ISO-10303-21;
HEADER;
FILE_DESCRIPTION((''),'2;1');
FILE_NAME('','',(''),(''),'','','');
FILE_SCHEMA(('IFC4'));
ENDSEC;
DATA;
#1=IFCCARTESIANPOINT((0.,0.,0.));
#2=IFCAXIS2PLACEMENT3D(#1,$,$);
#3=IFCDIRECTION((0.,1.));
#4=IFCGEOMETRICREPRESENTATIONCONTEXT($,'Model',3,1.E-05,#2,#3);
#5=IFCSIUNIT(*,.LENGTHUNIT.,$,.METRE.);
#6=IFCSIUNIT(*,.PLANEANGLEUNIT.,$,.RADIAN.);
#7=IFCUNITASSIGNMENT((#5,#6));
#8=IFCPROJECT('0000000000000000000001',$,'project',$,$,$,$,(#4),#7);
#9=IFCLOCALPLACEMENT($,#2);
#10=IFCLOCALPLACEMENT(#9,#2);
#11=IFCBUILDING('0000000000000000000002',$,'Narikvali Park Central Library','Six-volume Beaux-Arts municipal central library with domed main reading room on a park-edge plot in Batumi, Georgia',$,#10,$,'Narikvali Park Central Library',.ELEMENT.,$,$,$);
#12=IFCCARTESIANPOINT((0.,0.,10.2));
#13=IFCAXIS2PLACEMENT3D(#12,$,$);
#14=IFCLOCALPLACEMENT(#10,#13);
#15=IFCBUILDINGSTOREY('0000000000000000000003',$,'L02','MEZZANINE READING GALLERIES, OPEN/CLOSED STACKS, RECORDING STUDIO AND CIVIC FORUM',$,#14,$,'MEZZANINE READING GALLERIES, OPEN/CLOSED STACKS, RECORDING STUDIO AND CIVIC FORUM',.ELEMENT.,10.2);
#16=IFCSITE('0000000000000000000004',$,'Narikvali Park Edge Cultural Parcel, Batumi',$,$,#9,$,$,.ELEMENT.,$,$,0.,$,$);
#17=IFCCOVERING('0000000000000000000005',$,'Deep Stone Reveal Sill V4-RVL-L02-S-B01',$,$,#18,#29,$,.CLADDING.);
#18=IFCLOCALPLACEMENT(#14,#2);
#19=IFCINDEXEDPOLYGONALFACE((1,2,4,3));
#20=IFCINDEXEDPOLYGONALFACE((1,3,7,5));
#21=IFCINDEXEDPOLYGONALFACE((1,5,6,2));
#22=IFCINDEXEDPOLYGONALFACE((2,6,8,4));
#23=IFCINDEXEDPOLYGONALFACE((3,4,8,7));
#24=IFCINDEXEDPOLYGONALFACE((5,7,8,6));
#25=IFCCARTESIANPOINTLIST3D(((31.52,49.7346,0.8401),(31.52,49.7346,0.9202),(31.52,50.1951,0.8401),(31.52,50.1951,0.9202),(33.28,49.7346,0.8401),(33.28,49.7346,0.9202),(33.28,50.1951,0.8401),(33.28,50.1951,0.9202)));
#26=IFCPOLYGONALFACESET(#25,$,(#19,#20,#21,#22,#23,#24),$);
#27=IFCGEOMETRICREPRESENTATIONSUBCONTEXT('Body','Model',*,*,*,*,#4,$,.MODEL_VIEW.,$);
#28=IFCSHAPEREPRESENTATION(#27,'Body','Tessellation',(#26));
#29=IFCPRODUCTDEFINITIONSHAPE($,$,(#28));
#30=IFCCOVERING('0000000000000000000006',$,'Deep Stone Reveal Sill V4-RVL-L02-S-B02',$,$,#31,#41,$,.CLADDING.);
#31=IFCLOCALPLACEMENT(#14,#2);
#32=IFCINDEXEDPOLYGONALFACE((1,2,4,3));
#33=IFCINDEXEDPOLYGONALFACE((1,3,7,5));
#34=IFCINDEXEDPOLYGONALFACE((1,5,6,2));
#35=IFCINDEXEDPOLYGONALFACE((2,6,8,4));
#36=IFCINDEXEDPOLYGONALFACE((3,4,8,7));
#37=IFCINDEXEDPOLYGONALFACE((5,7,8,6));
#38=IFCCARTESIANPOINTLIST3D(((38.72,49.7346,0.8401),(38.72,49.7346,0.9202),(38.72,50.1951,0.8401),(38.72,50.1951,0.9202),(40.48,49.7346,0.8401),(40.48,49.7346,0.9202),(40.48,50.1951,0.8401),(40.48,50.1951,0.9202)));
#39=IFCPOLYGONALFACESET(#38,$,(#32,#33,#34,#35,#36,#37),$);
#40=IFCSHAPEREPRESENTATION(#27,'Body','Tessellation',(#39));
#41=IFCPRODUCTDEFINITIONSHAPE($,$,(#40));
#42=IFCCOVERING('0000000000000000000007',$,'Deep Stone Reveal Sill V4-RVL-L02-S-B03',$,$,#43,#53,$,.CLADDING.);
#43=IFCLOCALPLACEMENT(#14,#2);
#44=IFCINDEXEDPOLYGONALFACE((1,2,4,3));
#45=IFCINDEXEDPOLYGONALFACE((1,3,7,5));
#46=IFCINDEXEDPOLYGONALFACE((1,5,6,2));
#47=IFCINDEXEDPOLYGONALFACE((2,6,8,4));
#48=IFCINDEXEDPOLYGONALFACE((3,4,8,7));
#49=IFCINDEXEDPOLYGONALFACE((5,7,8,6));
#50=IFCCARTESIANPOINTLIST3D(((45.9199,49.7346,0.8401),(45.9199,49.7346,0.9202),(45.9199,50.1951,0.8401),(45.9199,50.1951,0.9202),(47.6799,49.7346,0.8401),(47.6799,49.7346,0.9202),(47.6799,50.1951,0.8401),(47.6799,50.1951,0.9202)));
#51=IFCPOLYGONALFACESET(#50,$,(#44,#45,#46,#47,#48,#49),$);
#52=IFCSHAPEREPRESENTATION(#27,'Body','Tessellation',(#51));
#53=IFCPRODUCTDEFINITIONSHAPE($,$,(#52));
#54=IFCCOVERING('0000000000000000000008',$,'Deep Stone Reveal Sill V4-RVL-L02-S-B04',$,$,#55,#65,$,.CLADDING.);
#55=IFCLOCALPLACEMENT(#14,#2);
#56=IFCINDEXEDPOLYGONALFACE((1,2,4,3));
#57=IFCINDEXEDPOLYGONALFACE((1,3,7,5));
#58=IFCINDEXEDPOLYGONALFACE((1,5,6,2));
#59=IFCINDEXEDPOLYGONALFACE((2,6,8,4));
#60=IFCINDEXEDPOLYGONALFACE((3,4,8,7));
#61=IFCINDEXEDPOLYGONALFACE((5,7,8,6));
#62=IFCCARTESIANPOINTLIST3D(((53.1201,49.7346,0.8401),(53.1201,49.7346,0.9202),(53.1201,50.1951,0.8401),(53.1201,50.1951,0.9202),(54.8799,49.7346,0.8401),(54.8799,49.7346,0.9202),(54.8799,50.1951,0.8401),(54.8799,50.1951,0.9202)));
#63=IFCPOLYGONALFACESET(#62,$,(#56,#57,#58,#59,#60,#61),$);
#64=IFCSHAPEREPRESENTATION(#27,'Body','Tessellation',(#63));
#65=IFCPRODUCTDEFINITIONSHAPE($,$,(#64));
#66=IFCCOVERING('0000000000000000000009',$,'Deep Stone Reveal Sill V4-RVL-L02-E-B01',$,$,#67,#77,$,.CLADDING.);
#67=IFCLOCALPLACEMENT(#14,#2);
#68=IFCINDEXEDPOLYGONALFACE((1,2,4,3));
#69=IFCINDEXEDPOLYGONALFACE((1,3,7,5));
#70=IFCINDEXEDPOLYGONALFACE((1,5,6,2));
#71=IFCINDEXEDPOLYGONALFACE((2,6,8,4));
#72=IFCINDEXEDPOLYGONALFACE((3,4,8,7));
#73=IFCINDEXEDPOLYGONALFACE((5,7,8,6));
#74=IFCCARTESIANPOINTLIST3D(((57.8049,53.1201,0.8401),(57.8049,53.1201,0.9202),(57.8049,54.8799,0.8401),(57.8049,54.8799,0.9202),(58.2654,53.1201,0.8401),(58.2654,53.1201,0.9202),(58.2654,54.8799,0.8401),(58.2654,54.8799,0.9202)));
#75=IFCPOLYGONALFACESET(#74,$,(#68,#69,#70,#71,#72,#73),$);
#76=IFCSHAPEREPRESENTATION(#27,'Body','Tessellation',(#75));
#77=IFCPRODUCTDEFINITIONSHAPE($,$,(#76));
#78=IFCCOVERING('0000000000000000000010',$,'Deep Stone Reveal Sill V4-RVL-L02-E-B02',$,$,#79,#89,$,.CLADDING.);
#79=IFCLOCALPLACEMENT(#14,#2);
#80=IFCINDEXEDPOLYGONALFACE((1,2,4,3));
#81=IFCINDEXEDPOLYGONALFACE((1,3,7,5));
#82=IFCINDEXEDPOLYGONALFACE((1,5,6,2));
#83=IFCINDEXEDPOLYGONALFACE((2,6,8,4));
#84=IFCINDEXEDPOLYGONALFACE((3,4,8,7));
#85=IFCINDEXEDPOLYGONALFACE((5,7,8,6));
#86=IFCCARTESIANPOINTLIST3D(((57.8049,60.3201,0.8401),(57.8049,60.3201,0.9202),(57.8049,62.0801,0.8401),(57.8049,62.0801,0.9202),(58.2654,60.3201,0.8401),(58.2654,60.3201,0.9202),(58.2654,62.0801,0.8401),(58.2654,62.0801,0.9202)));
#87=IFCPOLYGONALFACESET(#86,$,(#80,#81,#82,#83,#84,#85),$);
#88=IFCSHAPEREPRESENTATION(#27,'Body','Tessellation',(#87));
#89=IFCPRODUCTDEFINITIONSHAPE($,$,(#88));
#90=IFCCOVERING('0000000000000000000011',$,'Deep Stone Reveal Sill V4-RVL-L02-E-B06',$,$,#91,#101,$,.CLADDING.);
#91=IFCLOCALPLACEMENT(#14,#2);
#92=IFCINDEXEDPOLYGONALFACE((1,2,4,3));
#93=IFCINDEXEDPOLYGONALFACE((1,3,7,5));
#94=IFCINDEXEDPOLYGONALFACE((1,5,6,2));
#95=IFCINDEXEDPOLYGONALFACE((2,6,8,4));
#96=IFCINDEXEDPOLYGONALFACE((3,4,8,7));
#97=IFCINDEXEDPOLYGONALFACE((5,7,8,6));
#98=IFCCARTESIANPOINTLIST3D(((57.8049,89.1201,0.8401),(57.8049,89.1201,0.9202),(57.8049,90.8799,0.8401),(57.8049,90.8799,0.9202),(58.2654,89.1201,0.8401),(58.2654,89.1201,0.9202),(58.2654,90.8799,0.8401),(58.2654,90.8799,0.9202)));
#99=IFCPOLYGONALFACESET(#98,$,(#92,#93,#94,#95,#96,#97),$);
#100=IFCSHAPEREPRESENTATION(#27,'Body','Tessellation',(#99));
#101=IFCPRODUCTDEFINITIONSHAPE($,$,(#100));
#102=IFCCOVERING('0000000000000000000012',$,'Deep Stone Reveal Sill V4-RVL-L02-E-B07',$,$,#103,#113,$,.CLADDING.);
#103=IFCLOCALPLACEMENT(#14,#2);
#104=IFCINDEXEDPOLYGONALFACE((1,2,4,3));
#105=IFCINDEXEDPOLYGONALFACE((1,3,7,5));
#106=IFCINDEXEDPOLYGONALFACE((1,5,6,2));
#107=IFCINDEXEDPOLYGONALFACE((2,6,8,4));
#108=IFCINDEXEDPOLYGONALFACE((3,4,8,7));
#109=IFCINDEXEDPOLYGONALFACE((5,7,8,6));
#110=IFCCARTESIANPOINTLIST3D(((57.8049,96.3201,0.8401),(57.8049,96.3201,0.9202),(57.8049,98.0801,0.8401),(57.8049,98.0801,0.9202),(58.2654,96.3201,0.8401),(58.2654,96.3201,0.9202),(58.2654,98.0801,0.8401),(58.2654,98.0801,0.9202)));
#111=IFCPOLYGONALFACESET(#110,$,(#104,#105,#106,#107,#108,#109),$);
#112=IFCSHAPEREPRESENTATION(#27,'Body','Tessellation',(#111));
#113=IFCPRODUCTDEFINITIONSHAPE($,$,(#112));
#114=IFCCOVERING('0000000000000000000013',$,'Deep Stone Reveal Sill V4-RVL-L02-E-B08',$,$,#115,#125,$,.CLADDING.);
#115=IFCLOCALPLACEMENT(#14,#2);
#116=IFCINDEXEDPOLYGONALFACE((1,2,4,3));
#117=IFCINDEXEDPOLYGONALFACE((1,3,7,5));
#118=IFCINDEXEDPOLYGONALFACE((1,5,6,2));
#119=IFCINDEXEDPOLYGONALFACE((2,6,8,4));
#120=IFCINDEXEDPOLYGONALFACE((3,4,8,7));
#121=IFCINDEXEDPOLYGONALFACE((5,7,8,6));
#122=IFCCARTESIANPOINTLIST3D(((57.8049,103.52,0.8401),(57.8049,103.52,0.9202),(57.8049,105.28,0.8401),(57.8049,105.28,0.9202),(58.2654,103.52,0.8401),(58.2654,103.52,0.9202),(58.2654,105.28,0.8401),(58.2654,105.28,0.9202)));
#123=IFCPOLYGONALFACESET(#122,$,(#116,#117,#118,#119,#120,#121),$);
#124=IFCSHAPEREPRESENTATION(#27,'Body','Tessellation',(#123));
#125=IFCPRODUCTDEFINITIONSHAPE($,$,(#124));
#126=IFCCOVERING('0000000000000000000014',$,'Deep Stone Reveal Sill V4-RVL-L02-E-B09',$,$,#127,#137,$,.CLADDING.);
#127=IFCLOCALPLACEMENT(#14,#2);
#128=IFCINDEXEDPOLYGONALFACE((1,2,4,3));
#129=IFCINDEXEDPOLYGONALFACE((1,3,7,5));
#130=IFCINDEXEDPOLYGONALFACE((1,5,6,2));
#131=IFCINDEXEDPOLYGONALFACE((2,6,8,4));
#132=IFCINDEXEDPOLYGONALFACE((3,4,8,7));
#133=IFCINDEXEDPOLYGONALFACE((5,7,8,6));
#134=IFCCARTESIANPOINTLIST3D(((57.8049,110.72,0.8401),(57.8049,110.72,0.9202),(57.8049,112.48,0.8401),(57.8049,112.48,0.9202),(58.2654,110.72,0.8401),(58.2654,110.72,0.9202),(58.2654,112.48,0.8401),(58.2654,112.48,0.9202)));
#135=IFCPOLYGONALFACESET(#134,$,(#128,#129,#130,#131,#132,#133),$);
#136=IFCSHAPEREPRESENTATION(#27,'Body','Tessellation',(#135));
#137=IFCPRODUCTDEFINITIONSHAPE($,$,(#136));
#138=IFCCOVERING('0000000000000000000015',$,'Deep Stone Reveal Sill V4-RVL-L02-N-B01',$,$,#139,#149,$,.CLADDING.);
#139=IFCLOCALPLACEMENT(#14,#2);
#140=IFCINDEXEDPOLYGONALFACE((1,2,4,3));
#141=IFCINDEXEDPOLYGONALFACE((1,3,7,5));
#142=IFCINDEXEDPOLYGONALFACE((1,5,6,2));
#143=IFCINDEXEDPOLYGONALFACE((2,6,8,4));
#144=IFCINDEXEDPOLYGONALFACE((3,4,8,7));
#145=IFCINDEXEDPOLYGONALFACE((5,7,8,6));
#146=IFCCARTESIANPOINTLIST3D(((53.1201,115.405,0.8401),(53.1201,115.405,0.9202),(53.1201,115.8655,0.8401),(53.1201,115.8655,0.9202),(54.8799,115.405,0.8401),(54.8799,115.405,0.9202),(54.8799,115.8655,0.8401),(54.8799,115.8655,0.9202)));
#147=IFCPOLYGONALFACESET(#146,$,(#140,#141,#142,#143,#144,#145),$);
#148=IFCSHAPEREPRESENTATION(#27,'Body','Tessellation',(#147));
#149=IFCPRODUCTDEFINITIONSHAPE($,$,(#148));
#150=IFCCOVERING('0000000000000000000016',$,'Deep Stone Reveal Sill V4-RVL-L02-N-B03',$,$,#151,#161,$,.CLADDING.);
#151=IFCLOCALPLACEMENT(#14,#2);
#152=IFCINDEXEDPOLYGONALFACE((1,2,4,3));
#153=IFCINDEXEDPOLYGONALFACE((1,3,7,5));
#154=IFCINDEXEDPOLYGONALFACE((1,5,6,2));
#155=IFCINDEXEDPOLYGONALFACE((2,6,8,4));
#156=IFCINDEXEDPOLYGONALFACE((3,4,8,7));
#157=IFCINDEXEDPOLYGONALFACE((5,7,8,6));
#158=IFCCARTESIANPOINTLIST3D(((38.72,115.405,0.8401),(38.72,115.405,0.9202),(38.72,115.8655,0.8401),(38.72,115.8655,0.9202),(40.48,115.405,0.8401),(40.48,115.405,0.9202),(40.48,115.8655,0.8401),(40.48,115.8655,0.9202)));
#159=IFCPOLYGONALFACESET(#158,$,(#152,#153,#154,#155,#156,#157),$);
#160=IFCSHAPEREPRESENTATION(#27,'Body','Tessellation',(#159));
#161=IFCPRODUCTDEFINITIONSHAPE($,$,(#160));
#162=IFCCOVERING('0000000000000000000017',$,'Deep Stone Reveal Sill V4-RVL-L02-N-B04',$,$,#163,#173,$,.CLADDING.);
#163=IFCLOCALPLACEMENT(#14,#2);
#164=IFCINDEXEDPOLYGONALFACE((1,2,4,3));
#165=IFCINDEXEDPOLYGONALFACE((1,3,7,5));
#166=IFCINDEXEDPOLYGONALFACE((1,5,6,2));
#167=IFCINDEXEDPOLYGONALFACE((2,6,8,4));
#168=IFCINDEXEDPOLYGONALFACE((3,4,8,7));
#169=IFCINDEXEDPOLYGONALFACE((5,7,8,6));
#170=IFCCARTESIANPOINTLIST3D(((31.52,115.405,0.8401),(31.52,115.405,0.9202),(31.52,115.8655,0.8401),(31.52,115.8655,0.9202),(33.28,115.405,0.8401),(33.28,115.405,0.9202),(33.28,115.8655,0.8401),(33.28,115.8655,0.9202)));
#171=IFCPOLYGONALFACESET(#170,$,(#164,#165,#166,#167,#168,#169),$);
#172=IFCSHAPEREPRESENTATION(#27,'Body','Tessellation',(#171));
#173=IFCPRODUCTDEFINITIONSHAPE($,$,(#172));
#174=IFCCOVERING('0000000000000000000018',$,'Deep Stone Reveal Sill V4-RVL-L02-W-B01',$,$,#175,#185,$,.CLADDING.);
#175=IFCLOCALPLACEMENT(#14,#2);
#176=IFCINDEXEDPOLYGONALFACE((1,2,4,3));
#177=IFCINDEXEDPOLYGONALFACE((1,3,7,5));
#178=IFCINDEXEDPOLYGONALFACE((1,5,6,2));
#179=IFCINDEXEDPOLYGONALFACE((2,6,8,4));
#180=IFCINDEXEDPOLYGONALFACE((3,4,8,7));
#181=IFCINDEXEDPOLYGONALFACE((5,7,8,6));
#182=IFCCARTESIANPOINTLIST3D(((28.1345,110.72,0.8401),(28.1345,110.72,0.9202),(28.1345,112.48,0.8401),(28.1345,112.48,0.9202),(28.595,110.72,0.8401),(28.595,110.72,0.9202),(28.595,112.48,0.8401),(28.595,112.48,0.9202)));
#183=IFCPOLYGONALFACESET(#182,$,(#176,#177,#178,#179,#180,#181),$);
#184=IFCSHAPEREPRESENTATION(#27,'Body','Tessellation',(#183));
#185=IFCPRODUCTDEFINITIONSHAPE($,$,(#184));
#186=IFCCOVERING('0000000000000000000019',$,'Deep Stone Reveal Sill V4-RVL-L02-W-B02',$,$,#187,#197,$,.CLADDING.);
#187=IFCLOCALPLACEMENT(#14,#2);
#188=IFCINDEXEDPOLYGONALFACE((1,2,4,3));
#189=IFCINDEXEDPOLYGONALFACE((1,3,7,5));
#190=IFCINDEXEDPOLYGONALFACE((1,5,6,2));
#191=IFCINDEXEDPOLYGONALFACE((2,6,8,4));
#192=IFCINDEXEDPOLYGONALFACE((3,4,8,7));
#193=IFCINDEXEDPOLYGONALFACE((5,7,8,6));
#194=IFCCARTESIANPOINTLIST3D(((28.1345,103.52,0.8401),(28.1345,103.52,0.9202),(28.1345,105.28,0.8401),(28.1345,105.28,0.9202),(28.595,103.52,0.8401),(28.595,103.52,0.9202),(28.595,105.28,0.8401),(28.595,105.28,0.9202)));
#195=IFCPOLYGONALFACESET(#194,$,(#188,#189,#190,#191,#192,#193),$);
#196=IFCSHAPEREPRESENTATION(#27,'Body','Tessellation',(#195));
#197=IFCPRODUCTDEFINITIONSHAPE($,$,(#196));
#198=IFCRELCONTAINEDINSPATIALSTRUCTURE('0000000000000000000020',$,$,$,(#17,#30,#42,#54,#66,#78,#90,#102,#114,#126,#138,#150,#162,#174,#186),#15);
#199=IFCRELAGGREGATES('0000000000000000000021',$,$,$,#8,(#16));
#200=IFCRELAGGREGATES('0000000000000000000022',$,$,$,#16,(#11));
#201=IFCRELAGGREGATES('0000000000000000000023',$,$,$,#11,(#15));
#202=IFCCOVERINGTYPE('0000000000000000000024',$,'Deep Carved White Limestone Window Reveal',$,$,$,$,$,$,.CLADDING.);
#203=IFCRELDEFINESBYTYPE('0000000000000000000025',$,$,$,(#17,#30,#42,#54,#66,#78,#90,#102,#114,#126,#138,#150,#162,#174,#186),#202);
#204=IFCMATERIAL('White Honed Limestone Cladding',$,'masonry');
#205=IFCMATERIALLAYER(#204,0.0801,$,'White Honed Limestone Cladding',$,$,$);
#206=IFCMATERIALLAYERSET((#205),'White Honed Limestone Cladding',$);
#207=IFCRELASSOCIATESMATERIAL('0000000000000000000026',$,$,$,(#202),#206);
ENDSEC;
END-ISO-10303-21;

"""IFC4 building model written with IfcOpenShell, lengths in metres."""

from ifc_helpers import new_model, si_unit, direction, frame, origin, place, context, subcontext, project, spatial, polyline, outline, extrude, material, layer, layer_set, type_object, element, save


model = new_model("IFC4")

# Units and contexts
model_context = context("Model", 3, precision=1e-05, world=origin(), true_north=direction((0.0, 1.0)))
body_context = subcontext(model_context, "Body", "Model", "MODEL_VIEW")
ifc_project = project(units=[si_unit("LENGTHUNIT", "METRE"), si_unit("PLANEANGLEUNIT", "RADIAN")], contexts=[model_context])

# Site, building, storey
site_placement = place(None, origin())
site = spatial("IfcSite", under=ifc_project, at=site_placement, Name="Narikvali Park Edge Cultural Parcel, Batumi", CompositionType="ELEMENT", RefElevation=0.0)
building_placement = place(site_placement, origin())
building = spatial("IfcBuilding", under=site, at=building_placement, Name="Narikvali Park Central Library", Description="Six-volume Beaux-Arts municipal central library with domed main reading room on a park-edge plot in Batumi, Georgia", LongName="Narikvali Park Central Library", CompositionType="ELEMENT")
storey_placement = place(building_placement, frame((0.0, 0.0, 10.2)))
storey = spatial("IfcBuildingStorey", under=building, at=storey_placement, Name="L02", Description="MEZZANINE READING GALLERIES, OPEN/CLOSED STACKS, RECORDING STUDIO AND CIVIC FORUM", LongName="MEZZANINE READING GALLERIES, OPEN/CLOSED STACKS, RECORDING STUDIO AND CIVIC FORUM", CompositionType="ELEMENT", Elevation=10.2)

# Coverings
ifc_material = material(Name="White Honed Limestone Cladding", Category="masonry")
ifc_layer = layer(ifc_material, 0.0801, Name="White Honed Limestone Cladding")
ifc_layer_set = layer_set([ifc_layer], Name="White Honed Limestone Cladding")
covering_type = type_object("IfcCoveringType", Name="Deep Carved White Limestone Window Reveal", PredefinedType="CLADDING", material=ifc_layer_set)
covering_1_placement = place(storey_placement, frame((0.0, 0.0, 0.8401)))
element("IfcCovering", 1, at=covering_1_placement, inside=storey, type_object=covering_type, Name="Deep Stone Reveal Sill V4-RVL-L02-S-B01", PredefinedType="CLADDING", context=body_context, shape_type="SweptSolid", body=[
    extrude(outline(polyline([(31.52, 50.1951), (33.28, 50.1951), (33.28, 49.7346), (31.52, 49.7346), (31.52, 50.1951)])), origin(), (0.0, 0.0, 1.0), 0.0801),
])
covering_2_placement = place(storey_placement, frame((0.0, 0.0, 0.8401)))
element("IfcCovering", 2, at=covering_2_placement, inside=storey, type_object=covering_type, Name="Deep Stone Reveal Sill V4-RVL-L02-S-B02", PredefinedType="CLADDING", context=body_context, shape_type="SweptSolid", body=[
    extrude(outline(polyline([(38.72, 50.1951), (40.48, 50.1951), (40.48, 49.7346), (38.72, 49.7346), (38.72, 50.1951)])), origin(), (0.0, 0.0, 1.0), 0.0801),
])
covering_3_placement = place(storey_placement, frame((0.0, 0.0, 0.8401)))
element("IfcCovering", 3, at=covering_3_placement, inside=storey, type_object=covering_type, Name="Deep Stone Reveal Sill V4-RVL-L02-S-B03", PredefinedType="CLADDING", context=body_context, shape_type="SweptSolid", body=[
    extrude(outline(polyline([(45.9199, 50.1951), (47.6799, 50.1951), (47.6799, 49.7346), (45.9199, 49.7346), (45.9199, 50.1951)])), origin(), (0.0, 0.0, 1.0), 0.0801),
])
covering_4_placement = place(storey_placement, frame((0.0, 0.0, 0.8401)))
element("IfcCovering", 4, at=covering_4_placement, inside=storey, type_object=covering_type, Name="Deep Stone Reveal Sill V4-RVL-L02-S-B04", PredefinedType="CLADDING", context=body_context, shape_type="SweptSolid", body=[
    extrude(outline(polyline([(53.1201, 50.1951), (54.8799, 50.1951), (54.8799, 49.7346), (53.1201, 49.7346), (53.1201, 50.1951)])), origin(), (0.0, 0.0, 1.0), 0.0801),
])
covering_5_placement = place(storey_placement, frame((0.0, 0.0, 0.8401)))
element("IfcCovering", 5, at=covering_5_placement, inside=storey, type_object=covering_type, Name="Deep Stone Reveal Sill V4-RVL-L02-E-B01", PredefinedType="CLADDING", context=body_context, shape_type="SweptSolid", body=[
    extrude(outline(polyline([(57.8049, 53.1201), (57.8049, 54.8799), (58.2654, 54.8799), (58.2654, 53.1201), (57.8049, 53.1201)])), origin(), (0.0, 0.0, 1.0), 0.0801),
])
covering_6_placement = place(storey_placement, frame((0.0, 0.0, 0.8401)))
element("IfcCovering", 6, at=covering_6_placement, inside=storey, type_object=covering_type, Name="Deep Stone Reveal Sill V4-RVL-L02-E-B02", PredefinedType="CLADDING", context=body_context, shape_type="SweptSolid", body=[
    extrude(outline(polyline([(57.8049, 60.3201), (57.8049, 62.0801), (58.2654, 62.0801), (58.2654, 60.3201), (57.8049, 60.3201)])), origin(), (0.0, 0.0, 1.0), 0.0801),
])
covering_7_placement = place(storey_placement, frame((0.0, 0.0, 0.8401)))
element("IfcCovering", 7, at=covering_7_placement, inside=storey, type_object=covering_type, Name="Deep Stone Reveal Sill V4-RVL-L02-E-B06", PredefinedType="CLADDING", context=body_context, shape_type="SweptSolid", body=[
    extrude(outline(polyline([(57.8049, 89.1201), (57.8049, 90.8799), (58.2654, 90.8799), (58.2654, 89.1201), (57.8049, 89.1201)])), origin(), (0.0, 0.0, 1.0), 0.0801),
])
covering_8_placement = place(storey_placement, frame((0.0, 0.0, 0.8401)))
element("IfcCovering", 8, at=covering_8_placement, inside=storey, type_object=covering_type, Name="Deep Stone Reveal Sill V4-RVL-L02-E-B07", PredefinedType="CLADDING", context=body_context, shape_type="SweptSolid", body=[
    extrude(outline(polyline([(57.8049, 96.3201), (57.8049, 98.0801), (58.2654, 98.0801), (58.2654, 96.3201), (57.8049, 96.3201)])), origin(), (0.0, 0.0, 1.0), 0.0801),
])
covering_9_placement = place(storey_placement, frame((0.0, 0.0, 0.8401)))
element("IfcCovering", 9, at=covering_9_placement, inside=storey, type_object=covering_type, Name="Deep Stone Reveal Sill V4-RVL-L02-E-B08", PredefinedType="CLADDING", context=body_context, shape_type="SweptSolid", body=[
    extrude(outline(polyline([(57.8049, 103.52), (57.8049, 105.28), (58.2654, 105.28), (58.2654, 103.52), (57.8049, 103.52)])), origin(), (0.0, 0.0, 1.0), 0.0801),
])
covering_10_placement = place(storey_placement, frame((0.0, 0.0, 0.8401)))
element("IfcCovering", 10, at=covering_10_placement, inside=storey, type_object=covering_type, Name="Deep Stone Reveal Sill V4-RVL-L02-E-B09", PredefinedType="CLADDING", context=body_context, shape_type="SweptSolid", body=[
    extrude(outline(polyline([(57.8049, 110.72), (57.8049, 112.48), (58.2654, 112.48), (58.2654, 110.72), (57.8049, 110.72)])), origin(), (0.0, 0.0, 1.0), 0.0801),
])
covering_11_placement = place(storey_placement, frame((0.0, 0.0, 0.8401)))
element("IfcCovering", 11, at=covering_11_placement, inside=storey, type_object=covering_type, Name="Deep Stone Reveal Sill V4-RVL-L02-N-B01", PredefinedType="CLADDING", context=body_context, shape_type="SweptSolid", body=[
    extrude(outline(polyline([(54.8799, 115.405), (53.1201, 115.405), (53.1201, 115.8655), (54.8799, 115.8655), (54.8799, 115.405)])), origin(), (0.0, 0.0, 1.0), 0.0801),
])
covering_12_placement = place(storey_placement, frame((0.0, 0.0, 0.8401)))
element("IfcCovering", 12, at=covering_12_placement, inside=storey, type_object=covering_type, Name="Deep Stone Reveal Sill V4-RVL-L02-N-B03", PredefinedType="CLADDING", context=body_context, shape_type="SweptSolid", body=[
    extrude(outline(polyline([(40.48, 115.405), (38.72, 115.405), (38.72, 115.8655), (40.48, 115.8655), (40.48, 115.405)])), origin(), (0.0, 0.0, 1.0), 0.0801),
])
covering_13_placement = place(storey_placement, frame((0.0, 0.0, 0.8401)))
element("IfcCovering", 13, at=covering_13_placement, inside=storey, type_object=covering_type, Name="Deep Stone Reveal Sill V4-RVL-L02-N-B04", PredefinedType="CLADDING", context=body_context, shape_type="SweptSolid", body=[
    extrude(outline(polyline([(33.28, 115.405), (31.52, 115.405), (31.52, 115.8655), (33.28, 115.8655), (33.28, 115.405)])), origin(), (0.0, 0.0, 1.0), 0.0801),
])
covering_14_placement = place(storey_placement, frame((0.0, 0.0, 0.8401)))
element("IfcCovering", 14, at=covering_14_placement, inside=storey, type_object=covering_type, Name="Deep Stone Reveal Sill V4-RVL-L02-W-B01", PredefinedType="CLADDING", context=body_context, shape_type="SweptSolid", body=[
    extrude(outline(polyline([(28.595, 112.48), (28.595, 110.72), (28.1345, 110.72), (28.1345, 112.48), (28.595, 112.48)])), origin(), (0.0, 0.0, 1.0), 0.0801),
])
covering_15_placement = place(storey_placement, frame((0.0, 0.0, 0.8401)))
element("IfcCovering", 15, at=covering_15_placement, inside=storey, type_object=covering_type, Name="Deep Stone Reveal Sill V4-RVL-L02-W-B02", PredefinedType="CLADDING", context=body_context, shape_type="SweptSolid", body=[
    extrude(outline(polyline([(28.595, 105.28), (28.595, 103.52), (28.1345, 103.52), (28.1345, 105.28), (28.595, 105.28)])), origin(), (0.0, 0.0, 1.0), 0.0801),
])

save(model, "model.ifc")
